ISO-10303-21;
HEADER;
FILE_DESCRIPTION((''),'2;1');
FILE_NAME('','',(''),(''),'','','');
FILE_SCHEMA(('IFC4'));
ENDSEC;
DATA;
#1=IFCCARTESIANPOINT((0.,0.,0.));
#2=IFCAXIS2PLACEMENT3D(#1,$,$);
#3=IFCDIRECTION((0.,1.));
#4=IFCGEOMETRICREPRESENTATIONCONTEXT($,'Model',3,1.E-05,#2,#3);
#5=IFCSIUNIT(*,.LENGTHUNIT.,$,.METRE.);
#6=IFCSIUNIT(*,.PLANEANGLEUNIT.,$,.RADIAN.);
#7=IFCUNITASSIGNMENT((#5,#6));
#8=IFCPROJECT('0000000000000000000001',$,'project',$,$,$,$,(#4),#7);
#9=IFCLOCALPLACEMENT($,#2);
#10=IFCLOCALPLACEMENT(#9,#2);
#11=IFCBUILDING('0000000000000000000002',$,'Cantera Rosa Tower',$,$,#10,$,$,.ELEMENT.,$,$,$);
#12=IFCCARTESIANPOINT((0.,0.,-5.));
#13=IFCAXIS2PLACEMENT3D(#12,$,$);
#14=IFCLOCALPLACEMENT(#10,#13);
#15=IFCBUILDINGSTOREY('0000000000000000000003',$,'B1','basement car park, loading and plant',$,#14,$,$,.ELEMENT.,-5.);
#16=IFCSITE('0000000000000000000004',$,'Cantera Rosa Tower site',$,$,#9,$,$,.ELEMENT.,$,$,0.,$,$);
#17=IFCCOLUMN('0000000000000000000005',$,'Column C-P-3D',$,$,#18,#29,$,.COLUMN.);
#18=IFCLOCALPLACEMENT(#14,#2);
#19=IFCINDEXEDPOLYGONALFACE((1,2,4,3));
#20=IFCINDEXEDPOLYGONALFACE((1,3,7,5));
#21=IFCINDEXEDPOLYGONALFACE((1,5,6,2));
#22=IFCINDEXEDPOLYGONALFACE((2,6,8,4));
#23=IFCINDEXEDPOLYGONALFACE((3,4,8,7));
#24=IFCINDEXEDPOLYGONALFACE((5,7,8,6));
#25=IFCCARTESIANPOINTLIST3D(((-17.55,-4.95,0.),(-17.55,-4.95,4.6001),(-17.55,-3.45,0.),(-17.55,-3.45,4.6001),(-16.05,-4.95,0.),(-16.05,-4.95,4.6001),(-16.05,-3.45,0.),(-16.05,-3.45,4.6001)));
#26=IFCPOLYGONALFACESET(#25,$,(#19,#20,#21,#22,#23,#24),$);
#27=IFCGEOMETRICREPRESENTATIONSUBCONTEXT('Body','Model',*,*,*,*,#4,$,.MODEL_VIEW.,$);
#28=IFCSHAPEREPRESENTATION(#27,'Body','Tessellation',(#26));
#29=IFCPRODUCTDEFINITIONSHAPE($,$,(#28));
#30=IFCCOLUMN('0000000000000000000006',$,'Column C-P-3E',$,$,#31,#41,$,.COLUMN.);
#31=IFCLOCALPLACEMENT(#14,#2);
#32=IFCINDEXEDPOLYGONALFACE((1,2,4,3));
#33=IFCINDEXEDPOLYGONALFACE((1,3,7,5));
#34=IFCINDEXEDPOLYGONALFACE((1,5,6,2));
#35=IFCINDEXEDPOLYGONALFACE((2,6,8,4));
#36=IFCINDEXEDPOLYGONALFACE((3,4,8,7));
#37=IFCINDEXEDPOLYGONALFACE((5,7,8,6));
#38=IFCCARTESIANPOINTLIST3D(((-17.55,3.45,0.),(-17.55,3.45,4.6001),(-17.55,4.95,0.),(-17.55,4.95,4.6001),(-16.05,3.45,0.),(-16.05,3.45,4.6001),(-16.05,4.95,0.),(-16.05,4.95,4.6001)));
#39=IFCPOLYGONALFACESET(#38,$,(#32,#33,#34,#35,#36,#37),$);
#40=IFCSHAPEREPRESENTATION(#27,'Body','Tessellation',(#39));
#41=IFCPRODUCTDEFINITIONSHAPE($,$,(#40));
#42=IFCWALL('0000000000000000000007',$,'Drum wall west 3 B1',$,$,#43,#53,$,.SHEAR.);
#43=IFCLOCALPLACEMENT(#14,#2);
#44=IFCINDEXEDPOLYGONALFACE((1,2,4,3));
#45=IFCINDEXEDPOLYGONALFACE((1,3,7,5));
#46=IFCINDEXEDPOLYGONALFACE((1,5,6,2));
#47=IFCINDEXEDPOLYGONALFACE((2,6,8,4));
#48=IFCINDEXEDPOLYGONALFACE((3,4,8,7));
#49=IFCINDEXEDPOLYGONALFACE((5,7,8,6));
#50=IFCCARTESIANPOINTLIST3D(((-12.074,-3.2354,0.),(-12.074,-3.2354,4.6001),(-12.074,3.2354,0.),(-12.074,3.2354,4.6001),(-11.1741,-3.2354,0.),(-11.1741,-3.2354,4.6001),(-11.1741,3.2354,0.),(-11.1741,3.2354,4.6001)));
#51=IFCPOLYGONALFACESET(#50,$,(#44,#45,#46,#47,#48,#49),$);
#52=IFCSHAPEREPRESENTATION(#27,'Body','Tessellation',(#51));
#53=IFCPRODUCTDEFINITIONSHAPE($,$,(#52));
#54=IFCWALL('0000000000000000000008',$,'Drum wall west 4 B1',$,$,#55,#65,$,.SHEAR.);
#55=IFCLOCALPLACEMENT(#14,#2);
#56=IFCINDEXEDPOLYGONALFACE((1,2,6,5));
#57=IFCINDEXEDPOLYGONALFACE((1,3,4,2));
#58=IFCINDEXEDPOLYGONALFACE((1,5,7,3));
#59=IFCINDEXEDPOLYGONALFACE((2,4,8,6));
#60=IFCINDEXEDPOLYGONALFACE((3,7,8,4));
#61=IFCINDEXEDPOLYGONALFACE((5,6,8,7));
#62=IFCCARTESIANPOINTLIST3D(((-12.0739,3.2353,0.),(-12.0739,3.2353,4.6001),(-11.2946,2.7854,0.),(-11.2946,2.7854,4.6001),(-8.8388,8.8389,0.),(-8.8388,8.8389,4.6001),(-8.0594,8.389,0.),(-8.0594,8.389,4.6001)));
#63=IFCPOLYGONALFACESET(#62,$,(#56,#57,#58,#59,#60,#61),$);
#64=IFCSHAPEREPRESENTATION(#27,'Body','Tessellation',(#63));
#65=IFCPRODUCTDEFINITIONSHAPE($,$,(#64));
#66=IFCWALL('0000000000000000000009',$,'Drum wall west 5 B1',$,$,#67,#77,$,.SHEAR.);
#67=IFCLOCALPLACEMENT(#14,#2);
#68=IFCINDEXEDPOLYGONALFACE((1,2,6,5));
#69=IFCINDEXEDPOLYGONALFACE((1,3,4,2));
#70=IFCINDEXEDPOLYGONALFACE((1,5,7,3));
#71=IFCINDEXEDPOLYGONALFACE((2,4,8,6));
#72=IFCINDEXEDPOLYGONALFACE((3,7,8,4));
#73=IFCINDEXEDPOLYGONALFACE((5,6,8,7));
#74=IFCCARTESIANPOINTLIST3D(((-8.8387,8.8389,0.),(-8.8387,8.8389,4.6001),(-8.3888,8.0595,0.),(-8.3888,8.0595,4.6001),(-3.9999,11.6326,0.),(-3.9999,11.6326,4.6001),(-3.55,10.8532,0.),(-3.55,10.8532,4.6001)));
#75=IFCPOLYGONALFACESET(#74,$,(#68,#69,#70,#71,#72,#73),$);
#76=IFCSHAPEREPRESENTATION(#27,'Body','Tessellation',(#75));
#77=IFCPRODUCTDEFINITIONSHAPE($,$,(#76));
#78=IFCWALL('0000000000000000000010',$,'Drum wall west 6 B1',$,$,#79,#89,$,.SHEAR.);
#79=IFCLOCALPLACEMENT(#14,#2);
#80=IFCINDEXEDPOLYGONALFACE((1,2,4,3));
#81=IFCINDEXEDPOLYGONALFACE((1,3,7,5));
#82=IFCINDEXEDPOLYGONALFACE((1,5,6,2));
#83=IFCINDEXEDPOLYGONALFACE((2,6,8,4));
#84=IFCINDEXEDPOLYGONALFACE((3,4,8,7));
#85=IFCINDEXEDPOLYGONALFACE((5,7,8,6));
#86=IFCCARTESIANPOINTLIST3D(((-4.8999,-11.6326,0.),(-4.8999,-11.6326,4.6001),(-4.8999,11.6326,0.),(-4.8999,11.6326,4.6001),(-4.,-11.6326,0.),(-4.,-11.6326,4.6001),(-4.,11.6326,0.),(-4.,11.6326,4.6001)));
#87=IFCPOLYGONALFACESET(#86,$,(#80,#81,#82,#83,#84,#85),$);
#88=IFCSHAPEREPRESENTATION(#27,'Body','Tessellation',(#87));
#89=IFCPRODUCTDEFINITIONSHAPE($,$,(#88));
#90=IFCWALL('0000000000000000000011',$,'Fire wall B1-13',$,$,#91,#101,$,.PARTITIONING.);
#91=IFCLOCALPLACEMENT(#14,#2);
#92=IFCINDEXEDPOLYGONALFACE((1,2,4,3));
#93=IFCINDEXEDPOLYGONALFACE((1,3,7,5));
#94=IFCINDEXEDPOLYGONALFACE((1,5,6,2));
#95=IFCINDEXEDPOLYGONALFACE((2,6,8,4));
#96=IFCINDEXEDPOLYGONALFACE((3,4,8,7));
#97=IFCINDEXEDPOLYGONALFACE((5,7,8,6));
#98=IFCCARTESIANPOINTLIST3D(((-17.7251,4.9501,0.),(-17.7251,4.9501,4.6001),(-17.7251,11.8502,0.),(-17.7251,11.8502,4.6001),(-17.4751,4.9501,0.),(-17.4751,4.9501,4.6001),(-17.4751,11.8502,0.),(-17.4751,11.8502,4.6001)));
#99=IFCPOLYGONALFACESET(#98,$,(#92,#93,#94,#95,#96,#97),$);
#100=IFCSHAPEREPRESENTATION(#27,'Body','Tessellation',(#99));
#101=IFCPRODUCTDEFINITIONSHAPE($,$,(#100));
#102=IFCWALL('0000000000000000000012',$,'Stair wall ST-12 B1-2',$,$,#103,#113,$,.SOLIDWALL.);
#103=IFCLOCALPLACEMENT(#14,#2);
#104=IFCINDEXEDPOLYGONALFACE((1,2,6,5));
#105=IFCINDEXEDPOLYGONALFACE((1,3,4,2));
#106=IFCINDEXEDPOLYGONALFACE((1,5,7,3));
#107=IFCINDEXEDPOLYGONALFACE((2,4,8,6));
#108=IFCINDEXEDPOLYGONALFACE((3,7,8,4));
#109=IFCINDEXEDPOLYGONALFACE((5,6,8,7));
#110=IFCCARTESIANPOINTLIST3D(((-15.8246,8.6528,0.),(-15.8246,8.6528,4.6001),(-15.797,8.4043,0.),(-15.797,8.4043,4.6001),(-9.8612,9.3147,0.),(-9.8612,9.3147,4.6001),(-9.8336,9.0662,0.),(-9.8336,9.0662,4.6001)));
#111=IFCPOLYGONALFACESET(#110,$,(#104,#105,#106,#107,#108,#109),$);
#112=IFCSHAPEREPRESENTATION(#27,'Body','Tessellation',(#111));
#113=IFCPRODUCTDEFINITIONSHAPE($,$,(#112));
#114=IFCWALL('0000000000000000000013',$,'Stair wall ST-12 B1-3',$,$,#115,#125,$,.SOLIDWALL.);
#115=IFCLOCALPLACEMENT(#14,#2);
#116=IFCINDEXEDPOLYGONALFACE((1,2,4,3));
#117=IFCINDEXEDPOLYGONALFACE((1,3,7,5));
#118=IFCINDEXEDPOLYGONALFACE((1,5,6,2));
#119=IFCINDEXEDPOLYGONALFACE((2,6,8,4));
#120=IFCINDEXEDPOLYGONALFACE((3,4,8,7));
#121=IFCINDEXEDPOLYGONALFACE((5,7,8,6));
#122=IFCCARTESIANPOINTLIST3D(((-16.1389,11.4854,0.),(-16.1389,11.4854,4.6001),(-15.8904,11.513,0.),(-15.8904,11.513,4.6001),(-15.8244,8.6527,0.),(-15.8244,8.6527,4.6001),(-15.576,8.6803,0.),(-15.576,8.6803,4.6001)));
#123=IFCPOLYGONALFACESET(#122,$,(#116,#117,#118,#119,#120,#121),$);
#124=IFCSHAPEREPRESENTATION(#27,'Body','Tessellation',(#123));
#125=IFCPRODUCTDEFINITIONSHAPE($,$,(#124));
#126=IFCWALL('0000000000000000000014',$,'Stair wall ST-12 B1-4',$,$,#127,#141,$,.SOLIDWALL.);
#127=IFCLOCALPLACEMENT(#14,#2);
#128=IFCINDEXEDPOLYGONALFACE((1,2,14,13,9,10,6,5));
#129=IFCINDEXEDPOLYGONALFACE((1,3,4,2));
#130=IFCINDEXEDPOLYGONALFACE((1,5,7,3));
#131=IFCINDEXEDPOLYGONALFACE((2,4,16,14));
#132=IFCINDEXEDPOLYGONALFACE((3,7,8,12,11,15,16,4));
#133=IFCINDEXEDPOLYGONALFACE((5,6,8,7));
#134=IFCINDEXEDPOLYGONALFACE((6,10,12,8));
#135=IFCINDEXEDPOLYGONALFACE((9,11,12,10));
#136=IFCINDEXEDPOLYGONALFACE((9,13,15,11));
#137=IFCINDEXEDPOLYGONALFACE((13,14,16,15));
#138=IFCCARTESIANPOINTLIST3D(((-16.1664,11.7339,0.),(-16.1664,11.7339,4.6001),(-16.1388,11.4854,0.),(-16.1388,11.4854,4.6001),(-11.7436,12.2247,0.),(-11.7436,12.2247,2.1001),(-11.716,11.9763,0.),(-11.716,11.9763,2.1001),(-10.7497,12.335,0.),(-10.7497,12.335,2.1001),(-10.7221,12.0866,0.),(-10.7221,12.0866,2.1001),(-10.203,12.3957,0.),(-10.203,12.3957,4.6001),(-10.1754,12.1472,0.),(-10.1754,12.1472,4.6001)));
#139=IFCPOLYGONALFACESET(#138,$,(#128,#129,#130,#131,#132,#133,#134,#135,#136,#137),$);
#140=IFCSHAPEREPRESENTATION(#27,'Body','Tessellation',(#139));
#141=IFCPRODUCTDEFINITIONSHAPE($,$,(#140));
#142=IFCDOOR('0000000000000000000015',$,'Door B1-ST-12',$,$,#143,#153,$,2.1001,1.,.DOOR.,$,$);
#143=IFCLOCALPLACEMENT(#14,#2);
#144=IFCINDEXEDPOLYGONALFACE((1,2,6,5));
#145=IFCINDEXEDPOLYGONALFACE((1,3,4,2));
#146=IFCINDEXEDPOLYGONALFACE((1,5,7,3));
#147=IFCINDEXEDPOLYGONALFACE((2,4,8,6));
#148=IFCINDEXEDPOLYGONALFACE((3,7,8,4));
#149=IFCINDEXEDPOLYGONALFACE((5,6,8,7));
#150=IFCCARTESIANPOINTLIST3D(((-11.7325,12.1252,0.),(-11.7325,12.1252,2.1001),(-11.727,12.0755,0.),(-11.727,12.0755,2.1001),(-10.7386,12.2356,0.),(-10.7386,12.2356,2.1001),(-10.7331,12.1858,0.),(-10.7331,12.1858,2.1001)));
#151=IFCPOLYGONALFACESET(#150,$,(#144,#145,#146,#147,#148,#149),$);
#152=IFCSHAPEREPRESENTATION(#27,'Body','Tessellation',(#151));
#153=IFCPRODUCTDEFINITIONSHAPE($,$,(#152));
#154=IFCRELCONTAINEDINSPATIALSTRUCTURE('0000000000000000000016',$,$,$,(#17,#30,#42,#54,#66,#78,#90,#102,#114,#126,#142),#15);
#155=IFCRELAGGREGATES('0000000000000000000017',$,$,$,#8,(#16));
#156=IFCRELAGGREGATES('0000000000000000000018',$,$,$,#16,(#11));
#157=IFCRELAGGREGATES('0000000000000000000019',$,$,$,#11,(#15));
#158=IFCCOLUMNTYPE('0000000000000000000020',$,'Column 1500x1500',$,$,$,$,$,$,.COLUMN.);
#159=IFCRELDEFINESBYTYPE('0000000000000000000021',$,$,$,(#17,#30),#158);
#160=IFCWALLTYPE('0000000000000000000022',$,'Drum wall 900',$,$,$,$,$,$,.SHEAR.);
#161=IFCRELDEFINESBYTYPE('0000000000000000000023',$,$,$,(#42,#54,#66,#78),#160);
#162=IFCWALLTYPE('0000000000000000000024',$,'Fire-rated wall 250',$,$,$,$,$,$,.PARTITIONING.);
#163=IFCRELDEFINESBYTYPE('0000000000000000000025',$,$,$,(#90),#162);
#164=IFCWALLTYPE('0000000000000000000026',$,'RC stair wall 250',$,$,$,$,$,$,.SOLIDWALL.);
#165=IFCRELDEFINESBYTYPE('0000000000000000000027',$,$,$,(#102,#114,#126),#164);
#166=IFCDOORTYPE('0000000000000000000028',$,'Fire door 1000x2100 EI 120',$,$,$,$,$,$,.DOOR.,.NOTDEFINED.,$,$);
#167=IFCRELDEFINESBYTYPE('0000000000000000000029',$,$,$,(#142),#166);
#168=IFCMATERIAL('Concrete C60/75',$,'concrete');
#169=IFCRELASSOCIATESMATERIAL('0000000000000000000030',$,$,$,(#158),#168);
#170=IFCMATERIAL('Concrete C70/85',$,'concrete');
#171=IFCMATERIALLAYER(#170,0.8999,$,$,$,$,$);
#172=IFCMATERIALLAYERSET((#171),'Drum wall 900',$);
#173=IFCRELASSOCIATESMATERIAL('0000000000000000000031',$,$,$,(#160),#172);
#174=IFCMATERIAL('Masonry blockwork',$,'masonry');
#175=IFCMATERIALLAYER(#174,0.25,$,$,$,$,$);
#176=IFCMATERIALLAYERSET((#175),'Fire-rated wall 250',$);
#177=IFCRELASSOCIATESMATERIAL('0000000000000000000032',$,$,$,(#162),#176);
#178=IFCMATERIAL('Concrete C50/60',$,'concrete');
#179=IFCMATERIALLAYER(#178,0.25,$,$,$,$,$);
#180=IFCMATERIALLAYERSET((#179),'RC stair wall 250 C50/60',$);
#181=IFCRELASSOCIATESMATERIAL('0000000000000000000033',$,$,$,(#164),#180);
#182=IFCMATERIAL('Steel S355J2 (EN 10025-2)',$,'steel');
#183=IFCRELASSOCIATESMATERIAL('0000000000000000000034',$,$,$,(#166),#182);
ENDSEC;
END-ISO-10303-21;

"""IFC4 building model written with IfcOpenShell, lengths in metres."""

from ifc_helpers import new_model, si_unit, direction, frame, frame_2d, origin, origin_2d, place, context, subcontext, project, spatial, rectangle, extrude, material, layer, layer_set, material_profile, profile_set, type_object, element, fill, save


model = new_model("IFC4")

# Units and contexts
model_context = context("Model", 3, precision=1e-05, world=origin(), true_north=direction((0.0, 1.0)))
body_context = subcontext(model_context, "Body", "Model", "MODEL_VIEW")
ifc_project = project(units=[si_unit("LENGTHUNIT", "METRE"), si_unit("PLANEANGLEUNIT", "RADIAN")], contexts=[model_context])

# Site, building, storey
site_placement = place(None, origin())
site = spatial("IfcSite", under=ifc_project, at=site_placement, Name="Cantera Rosa Tower site", CompositionType="ELEMENT", RefElevation=0.0)
building_placement = place(site_placement, origin())
building = spatial("IfcBuilding", under=site, at=building_placement, Name="Cantera Rosa Tower", CompositionType="ELEMENT")
storey_placement = place(building_placement, frame((0.0, 0.0, -5.0)))
storey = spatial("IfcBuildingStorey", under=building, at=storey_placement, Name="B1", Description="basement car park, loading and plant", CompositionType="ELEMENT", Elevation=-5.0)

# Columns
ifc_material_1 = material(Name="Concrete C60/75", Category="concrete")
ifc_material_profile = material_profile(ifc_material_1, rectangle(XDim=1.5, YDim=1.5, at=origin_2d()), Name="Column 1500x1500")
ifc_profile_set = profile_set([ifc_material_profile], Name="Concrete C60/75")
column_type = type_object("IfcColumnType", Name="Column 1500x1500", PredefinedType="COLUMN", material=ifc_profile_set)
for number, where, z_axis, x_axis, name in (
    (1, (-16.8, -4.2, 0.0), (0.0, 0.0, 1.0), (1.0, 0.0, 0.0), "Column C-P-3D"),
    (2, (-16.8, 4.2, 0.0), (0.0, 0.0, 1.0), (1.0, 0.0, 0.0), "Column C-P-3E"),
):
    element("IfcColumn", number, at=place(storey_placement, frame(where, z_axis=z_axis, x_axis=x_axis)), inside=storey, type_object=column_type, Name=name, PredefinedType="COLUMN", context=body_context, shape_type="SweptSolid", body=[
        extrude(rectangle(XDim=1.5, YDim=1.5, at=origin_2d()), origin(), (0.0, 0.0, 1.0), 4.6001),
    ])

# Walls
ifc_material_2 = material(Name="Concrete C70/85", Category="concrete")
ifc_layer_1 = layer(ifc_material_2, 0.8999)
ifc_layer_set_1 = layer_set([ifc_layer_1], Name="Drum wall 900")
wall_type_1 = type_object("IfcWallType", Name="Drum wall 900", PredefinedType="SHEAR", material=ifc_layer_set_1)
wall_1_placement = place(storey_placement, frame((-11.624, -3.2354, 0.0), z_axis=(0.0, 0.0, 1.0), x_axis=(0.0, 1.0, 0.0)))
element("IfcWall", 3, at=wall_1_placement, inside=storey, type_object=wall_type_1, Name="Drum wall west 3 B1", PredefinedType="SHEAR", context=body_context, shape_type="SweptSolid", body=[
    extrude(rectangle(XDim=6.4707, YDim=0.8999, at=frame_2d((3.2354, 0.0))), origin(), (0.0, 0.0, 1.0), 4.6001),
])
wall_2_placement = place(storey_placement, frame((-11.6843, 3.0103, 0.0), z_axis=(0.0, 0.0, 1.0), x_axis=(0.49999, 0.866031, 0.0)))
element("IfcWall", 4, at=wall_2_placement, inside=storey, type_object=wall_type_1, Name="Drum wall west 4 B1", PredefinedType="SHEAR", context=body_context, shape_type="SweptSolid", body=[
    extrude(rectangle(XDim=6.4705, YDim=0.8999, at=frame_2d((3.2354, 0.0))), origin(), (0.0, 0.0, 1.0), 4.6001),
])
wall_3_placement = place(storey_placement, frame((-8.6138, 8.4492, 0.0), z_axis=(0.0, 0.0, 1.0), x_axis=(0.866027, 0.499997, 0.0)))
element("IfcWall", 5, at=wall_3_placement, inside=storey, type_object=wall_type_1, Name="Drum wall west 5 B1", PredefinedType="SHEAR", context=body_context, shape_type="SweptSolid", body=[
    extrude(rectangle(XDim=5.5874, YDim=0.8999, at=frame_2d((2.7937, 0.0))), origin(), (0.0, 0.0, 1.0), 4.6001),
])
wall_4_placement = place(storey_placement, frame((-4.45, 11.6326, 0.0), z_axis=(0.0, 0.0, 1.0), x_axis=(0.0, -1.0, 0.0)))
element("IfcWall", 6, at=wall_4_placement, inside=storey, type_object=wall_type_1, Name="Drum wall west 6 B1", PredefinedType="SHEAR", context=body_context, shape_type="SweptSolid", body=[
    extrude(rectangle(XDim=23.2651, YDim=0.8999, at=frame_2d((11.6326, 0.0))), origin(), (0.0, 0.0, 1.0), 4.6001),
])
ifc_material_3 = material(Name="Masonry blockwork", Category="masonry")
ifc_layer_2 = layer(ifc_material_3, 0.25)
ifc_layer_set_2 = layer_set([ifc_layer_2], Name="Fire-rated wall 250")
wall_type_2 = type_object("IfcWallType", Name="Fire-rated wall 250", PredefinedType="PARTITIONING", material=ifc_layer_set_2)
wall_5_placement = place(storey_placement, frame((-17.6001, 4.95, 0.0), z_axis=(0.0, 0.0, 1.0), x_axis=(0.0, 1.0, 0.0)))
element("IfcWall", 7, at=wall_5_placement, inside=storey, type_object=wall_type_2, Name="Fire wall B1-13", PredefinedType="PARTITIONING", context=body_context, shape_type="SweptSolid", body=[
    extrude(rectangle(XDim=6.9001, YDim=0.25, at=frame_2d((3.4502, 0.0))), origin(), (0.0, 0.0, 1.0), 4.6001),
])
ifc_material_4 = material(Name="Concrete C50/60", Category="concrete")
ifc_layer_3 = layer(ifc_material_4, 0.25)
ifc_layer_set_3 = layer_set([ifc_layer_3], Name="RC stair wall 250 C50/60")
wall_type_3 = type_object("IfcWallType", Name="RC stair wall 250", PredefinedType="SOLIDWALL", material=ifc_layer_set_3)
wall_6_placement = place(storey_placement, frame((-9.8474, 9.1904, 0.0), z_axis=(0.0, 0.0, 1.0), x_axis=(-0.993897, -0.110311, 0.0)))
element("IfcWall", 8, at=wall_6_placement, inside=storey, type_object=wall_type_3, Name="Stair wall ST-12 B1-2", PredefinedType="SOLIDWALL", context=body_context, shape_type="SweptSolid", body=[
    extrude(rectangle(XDim=6.0, YDim=0.25, at=frame_2d((3.0, 0.0))), origin(), (0.0, 0.0, 1.0), 4.6001),
])
wall_7_placement = place(storey_placement, frame((-15.7002, 8.6665, 0.0), z_axis=(0.0, 0.0, 1.0), x_axis=(-0.110328, 0.993895, 0.0)))
element("IfcWall", 9, at=wall_7_placement, inside=storey, type_object=wall_type_3, Name="Stair wall ST-12 B1-3", PredefinedType="SOLIDWALL", context=body_context, shape_type="SweptSolid", body=[
    extrude(rectangle(XDim=2.8501, YDim=0.25, at=frame_2d((1.425, 0.0))), origin(), (0.0, 0.0, 1.0), 4.6001),
])

# Wall, opening, door
wall_8_placement = place(storey_placement, frame((-16.1526, 11.6096, 0.0), z_axis=(0.0, 0.0, 1.0), x_axis=(0.993897, 0.110311, 0.0)))
wall_8 = element("IfcWall", 10, at=wall_8_placement, inside=storey, type_object=wall_type_3, Name="Stair wall ST-12 B1-4", PredefinedType="SOLIDWALL", context=body_context, shape_type="SweptSolid", body=[
    extrude(rectangle(XDim=6.0, YDim=0.25, at=frame_2d((3.0, 0.0))), origin(), (0.0, 0.0, 1.0), 4.6001),
])
opening_placement = place(wall_8_placement, frame((4.45, 0.0, 0.0)))
opening = element("IfcOpeningElement", 11, at=opening_placement, cuts=wall_8, PredefinedType="OPENING", context=body_context, shape_type="SweptSolid", body=[
    extrude(rectangle(XDim=1.0, YDim=2.1001, at=frame_2d((0.5, 1.05))), frame((0.0, 0.135, 0.0), z_axis=(0.0, -1.0, 0.0), x_axis=(1.0, 0.0, 0.0)), (0.0, 0.0, 1.0), 0.27),
])
ifc_material_5 = material(Name="Steel S355J2 (EN 10025-2)", Category="steel")
door_type = type_object("IfcDoorType", Name="Fire door 1000x2100 EI 120", OperationType="NOTDEFINED", PredefinedType="DOOR", material=ifc_material_5)
door_placement = place(opening_placement, origin())
door = element("IfcDoor", 12, at=door_placement, inside=storey, type_object=door_type, Name="Door B1-ST-12", OverallHeight=2.1001, OverallWidth=1.0, PredefinedType="DOOR", context=body_context, shape_type="SweptSolid", body=[
    extrude(rectangle(XDim=1.0, YDim=2.1001, at=frame_2d((0.5, 1.05))), frame((0.0, 0.0249, 0.0), z_axis=(0.0, -1.0, 0.0), x_axis=(1.0, 0.0, 0.0)), (0.0, 0.0, 1.0), 0.05),
])
fill(opening, door)

save(model, "model.ifc")
